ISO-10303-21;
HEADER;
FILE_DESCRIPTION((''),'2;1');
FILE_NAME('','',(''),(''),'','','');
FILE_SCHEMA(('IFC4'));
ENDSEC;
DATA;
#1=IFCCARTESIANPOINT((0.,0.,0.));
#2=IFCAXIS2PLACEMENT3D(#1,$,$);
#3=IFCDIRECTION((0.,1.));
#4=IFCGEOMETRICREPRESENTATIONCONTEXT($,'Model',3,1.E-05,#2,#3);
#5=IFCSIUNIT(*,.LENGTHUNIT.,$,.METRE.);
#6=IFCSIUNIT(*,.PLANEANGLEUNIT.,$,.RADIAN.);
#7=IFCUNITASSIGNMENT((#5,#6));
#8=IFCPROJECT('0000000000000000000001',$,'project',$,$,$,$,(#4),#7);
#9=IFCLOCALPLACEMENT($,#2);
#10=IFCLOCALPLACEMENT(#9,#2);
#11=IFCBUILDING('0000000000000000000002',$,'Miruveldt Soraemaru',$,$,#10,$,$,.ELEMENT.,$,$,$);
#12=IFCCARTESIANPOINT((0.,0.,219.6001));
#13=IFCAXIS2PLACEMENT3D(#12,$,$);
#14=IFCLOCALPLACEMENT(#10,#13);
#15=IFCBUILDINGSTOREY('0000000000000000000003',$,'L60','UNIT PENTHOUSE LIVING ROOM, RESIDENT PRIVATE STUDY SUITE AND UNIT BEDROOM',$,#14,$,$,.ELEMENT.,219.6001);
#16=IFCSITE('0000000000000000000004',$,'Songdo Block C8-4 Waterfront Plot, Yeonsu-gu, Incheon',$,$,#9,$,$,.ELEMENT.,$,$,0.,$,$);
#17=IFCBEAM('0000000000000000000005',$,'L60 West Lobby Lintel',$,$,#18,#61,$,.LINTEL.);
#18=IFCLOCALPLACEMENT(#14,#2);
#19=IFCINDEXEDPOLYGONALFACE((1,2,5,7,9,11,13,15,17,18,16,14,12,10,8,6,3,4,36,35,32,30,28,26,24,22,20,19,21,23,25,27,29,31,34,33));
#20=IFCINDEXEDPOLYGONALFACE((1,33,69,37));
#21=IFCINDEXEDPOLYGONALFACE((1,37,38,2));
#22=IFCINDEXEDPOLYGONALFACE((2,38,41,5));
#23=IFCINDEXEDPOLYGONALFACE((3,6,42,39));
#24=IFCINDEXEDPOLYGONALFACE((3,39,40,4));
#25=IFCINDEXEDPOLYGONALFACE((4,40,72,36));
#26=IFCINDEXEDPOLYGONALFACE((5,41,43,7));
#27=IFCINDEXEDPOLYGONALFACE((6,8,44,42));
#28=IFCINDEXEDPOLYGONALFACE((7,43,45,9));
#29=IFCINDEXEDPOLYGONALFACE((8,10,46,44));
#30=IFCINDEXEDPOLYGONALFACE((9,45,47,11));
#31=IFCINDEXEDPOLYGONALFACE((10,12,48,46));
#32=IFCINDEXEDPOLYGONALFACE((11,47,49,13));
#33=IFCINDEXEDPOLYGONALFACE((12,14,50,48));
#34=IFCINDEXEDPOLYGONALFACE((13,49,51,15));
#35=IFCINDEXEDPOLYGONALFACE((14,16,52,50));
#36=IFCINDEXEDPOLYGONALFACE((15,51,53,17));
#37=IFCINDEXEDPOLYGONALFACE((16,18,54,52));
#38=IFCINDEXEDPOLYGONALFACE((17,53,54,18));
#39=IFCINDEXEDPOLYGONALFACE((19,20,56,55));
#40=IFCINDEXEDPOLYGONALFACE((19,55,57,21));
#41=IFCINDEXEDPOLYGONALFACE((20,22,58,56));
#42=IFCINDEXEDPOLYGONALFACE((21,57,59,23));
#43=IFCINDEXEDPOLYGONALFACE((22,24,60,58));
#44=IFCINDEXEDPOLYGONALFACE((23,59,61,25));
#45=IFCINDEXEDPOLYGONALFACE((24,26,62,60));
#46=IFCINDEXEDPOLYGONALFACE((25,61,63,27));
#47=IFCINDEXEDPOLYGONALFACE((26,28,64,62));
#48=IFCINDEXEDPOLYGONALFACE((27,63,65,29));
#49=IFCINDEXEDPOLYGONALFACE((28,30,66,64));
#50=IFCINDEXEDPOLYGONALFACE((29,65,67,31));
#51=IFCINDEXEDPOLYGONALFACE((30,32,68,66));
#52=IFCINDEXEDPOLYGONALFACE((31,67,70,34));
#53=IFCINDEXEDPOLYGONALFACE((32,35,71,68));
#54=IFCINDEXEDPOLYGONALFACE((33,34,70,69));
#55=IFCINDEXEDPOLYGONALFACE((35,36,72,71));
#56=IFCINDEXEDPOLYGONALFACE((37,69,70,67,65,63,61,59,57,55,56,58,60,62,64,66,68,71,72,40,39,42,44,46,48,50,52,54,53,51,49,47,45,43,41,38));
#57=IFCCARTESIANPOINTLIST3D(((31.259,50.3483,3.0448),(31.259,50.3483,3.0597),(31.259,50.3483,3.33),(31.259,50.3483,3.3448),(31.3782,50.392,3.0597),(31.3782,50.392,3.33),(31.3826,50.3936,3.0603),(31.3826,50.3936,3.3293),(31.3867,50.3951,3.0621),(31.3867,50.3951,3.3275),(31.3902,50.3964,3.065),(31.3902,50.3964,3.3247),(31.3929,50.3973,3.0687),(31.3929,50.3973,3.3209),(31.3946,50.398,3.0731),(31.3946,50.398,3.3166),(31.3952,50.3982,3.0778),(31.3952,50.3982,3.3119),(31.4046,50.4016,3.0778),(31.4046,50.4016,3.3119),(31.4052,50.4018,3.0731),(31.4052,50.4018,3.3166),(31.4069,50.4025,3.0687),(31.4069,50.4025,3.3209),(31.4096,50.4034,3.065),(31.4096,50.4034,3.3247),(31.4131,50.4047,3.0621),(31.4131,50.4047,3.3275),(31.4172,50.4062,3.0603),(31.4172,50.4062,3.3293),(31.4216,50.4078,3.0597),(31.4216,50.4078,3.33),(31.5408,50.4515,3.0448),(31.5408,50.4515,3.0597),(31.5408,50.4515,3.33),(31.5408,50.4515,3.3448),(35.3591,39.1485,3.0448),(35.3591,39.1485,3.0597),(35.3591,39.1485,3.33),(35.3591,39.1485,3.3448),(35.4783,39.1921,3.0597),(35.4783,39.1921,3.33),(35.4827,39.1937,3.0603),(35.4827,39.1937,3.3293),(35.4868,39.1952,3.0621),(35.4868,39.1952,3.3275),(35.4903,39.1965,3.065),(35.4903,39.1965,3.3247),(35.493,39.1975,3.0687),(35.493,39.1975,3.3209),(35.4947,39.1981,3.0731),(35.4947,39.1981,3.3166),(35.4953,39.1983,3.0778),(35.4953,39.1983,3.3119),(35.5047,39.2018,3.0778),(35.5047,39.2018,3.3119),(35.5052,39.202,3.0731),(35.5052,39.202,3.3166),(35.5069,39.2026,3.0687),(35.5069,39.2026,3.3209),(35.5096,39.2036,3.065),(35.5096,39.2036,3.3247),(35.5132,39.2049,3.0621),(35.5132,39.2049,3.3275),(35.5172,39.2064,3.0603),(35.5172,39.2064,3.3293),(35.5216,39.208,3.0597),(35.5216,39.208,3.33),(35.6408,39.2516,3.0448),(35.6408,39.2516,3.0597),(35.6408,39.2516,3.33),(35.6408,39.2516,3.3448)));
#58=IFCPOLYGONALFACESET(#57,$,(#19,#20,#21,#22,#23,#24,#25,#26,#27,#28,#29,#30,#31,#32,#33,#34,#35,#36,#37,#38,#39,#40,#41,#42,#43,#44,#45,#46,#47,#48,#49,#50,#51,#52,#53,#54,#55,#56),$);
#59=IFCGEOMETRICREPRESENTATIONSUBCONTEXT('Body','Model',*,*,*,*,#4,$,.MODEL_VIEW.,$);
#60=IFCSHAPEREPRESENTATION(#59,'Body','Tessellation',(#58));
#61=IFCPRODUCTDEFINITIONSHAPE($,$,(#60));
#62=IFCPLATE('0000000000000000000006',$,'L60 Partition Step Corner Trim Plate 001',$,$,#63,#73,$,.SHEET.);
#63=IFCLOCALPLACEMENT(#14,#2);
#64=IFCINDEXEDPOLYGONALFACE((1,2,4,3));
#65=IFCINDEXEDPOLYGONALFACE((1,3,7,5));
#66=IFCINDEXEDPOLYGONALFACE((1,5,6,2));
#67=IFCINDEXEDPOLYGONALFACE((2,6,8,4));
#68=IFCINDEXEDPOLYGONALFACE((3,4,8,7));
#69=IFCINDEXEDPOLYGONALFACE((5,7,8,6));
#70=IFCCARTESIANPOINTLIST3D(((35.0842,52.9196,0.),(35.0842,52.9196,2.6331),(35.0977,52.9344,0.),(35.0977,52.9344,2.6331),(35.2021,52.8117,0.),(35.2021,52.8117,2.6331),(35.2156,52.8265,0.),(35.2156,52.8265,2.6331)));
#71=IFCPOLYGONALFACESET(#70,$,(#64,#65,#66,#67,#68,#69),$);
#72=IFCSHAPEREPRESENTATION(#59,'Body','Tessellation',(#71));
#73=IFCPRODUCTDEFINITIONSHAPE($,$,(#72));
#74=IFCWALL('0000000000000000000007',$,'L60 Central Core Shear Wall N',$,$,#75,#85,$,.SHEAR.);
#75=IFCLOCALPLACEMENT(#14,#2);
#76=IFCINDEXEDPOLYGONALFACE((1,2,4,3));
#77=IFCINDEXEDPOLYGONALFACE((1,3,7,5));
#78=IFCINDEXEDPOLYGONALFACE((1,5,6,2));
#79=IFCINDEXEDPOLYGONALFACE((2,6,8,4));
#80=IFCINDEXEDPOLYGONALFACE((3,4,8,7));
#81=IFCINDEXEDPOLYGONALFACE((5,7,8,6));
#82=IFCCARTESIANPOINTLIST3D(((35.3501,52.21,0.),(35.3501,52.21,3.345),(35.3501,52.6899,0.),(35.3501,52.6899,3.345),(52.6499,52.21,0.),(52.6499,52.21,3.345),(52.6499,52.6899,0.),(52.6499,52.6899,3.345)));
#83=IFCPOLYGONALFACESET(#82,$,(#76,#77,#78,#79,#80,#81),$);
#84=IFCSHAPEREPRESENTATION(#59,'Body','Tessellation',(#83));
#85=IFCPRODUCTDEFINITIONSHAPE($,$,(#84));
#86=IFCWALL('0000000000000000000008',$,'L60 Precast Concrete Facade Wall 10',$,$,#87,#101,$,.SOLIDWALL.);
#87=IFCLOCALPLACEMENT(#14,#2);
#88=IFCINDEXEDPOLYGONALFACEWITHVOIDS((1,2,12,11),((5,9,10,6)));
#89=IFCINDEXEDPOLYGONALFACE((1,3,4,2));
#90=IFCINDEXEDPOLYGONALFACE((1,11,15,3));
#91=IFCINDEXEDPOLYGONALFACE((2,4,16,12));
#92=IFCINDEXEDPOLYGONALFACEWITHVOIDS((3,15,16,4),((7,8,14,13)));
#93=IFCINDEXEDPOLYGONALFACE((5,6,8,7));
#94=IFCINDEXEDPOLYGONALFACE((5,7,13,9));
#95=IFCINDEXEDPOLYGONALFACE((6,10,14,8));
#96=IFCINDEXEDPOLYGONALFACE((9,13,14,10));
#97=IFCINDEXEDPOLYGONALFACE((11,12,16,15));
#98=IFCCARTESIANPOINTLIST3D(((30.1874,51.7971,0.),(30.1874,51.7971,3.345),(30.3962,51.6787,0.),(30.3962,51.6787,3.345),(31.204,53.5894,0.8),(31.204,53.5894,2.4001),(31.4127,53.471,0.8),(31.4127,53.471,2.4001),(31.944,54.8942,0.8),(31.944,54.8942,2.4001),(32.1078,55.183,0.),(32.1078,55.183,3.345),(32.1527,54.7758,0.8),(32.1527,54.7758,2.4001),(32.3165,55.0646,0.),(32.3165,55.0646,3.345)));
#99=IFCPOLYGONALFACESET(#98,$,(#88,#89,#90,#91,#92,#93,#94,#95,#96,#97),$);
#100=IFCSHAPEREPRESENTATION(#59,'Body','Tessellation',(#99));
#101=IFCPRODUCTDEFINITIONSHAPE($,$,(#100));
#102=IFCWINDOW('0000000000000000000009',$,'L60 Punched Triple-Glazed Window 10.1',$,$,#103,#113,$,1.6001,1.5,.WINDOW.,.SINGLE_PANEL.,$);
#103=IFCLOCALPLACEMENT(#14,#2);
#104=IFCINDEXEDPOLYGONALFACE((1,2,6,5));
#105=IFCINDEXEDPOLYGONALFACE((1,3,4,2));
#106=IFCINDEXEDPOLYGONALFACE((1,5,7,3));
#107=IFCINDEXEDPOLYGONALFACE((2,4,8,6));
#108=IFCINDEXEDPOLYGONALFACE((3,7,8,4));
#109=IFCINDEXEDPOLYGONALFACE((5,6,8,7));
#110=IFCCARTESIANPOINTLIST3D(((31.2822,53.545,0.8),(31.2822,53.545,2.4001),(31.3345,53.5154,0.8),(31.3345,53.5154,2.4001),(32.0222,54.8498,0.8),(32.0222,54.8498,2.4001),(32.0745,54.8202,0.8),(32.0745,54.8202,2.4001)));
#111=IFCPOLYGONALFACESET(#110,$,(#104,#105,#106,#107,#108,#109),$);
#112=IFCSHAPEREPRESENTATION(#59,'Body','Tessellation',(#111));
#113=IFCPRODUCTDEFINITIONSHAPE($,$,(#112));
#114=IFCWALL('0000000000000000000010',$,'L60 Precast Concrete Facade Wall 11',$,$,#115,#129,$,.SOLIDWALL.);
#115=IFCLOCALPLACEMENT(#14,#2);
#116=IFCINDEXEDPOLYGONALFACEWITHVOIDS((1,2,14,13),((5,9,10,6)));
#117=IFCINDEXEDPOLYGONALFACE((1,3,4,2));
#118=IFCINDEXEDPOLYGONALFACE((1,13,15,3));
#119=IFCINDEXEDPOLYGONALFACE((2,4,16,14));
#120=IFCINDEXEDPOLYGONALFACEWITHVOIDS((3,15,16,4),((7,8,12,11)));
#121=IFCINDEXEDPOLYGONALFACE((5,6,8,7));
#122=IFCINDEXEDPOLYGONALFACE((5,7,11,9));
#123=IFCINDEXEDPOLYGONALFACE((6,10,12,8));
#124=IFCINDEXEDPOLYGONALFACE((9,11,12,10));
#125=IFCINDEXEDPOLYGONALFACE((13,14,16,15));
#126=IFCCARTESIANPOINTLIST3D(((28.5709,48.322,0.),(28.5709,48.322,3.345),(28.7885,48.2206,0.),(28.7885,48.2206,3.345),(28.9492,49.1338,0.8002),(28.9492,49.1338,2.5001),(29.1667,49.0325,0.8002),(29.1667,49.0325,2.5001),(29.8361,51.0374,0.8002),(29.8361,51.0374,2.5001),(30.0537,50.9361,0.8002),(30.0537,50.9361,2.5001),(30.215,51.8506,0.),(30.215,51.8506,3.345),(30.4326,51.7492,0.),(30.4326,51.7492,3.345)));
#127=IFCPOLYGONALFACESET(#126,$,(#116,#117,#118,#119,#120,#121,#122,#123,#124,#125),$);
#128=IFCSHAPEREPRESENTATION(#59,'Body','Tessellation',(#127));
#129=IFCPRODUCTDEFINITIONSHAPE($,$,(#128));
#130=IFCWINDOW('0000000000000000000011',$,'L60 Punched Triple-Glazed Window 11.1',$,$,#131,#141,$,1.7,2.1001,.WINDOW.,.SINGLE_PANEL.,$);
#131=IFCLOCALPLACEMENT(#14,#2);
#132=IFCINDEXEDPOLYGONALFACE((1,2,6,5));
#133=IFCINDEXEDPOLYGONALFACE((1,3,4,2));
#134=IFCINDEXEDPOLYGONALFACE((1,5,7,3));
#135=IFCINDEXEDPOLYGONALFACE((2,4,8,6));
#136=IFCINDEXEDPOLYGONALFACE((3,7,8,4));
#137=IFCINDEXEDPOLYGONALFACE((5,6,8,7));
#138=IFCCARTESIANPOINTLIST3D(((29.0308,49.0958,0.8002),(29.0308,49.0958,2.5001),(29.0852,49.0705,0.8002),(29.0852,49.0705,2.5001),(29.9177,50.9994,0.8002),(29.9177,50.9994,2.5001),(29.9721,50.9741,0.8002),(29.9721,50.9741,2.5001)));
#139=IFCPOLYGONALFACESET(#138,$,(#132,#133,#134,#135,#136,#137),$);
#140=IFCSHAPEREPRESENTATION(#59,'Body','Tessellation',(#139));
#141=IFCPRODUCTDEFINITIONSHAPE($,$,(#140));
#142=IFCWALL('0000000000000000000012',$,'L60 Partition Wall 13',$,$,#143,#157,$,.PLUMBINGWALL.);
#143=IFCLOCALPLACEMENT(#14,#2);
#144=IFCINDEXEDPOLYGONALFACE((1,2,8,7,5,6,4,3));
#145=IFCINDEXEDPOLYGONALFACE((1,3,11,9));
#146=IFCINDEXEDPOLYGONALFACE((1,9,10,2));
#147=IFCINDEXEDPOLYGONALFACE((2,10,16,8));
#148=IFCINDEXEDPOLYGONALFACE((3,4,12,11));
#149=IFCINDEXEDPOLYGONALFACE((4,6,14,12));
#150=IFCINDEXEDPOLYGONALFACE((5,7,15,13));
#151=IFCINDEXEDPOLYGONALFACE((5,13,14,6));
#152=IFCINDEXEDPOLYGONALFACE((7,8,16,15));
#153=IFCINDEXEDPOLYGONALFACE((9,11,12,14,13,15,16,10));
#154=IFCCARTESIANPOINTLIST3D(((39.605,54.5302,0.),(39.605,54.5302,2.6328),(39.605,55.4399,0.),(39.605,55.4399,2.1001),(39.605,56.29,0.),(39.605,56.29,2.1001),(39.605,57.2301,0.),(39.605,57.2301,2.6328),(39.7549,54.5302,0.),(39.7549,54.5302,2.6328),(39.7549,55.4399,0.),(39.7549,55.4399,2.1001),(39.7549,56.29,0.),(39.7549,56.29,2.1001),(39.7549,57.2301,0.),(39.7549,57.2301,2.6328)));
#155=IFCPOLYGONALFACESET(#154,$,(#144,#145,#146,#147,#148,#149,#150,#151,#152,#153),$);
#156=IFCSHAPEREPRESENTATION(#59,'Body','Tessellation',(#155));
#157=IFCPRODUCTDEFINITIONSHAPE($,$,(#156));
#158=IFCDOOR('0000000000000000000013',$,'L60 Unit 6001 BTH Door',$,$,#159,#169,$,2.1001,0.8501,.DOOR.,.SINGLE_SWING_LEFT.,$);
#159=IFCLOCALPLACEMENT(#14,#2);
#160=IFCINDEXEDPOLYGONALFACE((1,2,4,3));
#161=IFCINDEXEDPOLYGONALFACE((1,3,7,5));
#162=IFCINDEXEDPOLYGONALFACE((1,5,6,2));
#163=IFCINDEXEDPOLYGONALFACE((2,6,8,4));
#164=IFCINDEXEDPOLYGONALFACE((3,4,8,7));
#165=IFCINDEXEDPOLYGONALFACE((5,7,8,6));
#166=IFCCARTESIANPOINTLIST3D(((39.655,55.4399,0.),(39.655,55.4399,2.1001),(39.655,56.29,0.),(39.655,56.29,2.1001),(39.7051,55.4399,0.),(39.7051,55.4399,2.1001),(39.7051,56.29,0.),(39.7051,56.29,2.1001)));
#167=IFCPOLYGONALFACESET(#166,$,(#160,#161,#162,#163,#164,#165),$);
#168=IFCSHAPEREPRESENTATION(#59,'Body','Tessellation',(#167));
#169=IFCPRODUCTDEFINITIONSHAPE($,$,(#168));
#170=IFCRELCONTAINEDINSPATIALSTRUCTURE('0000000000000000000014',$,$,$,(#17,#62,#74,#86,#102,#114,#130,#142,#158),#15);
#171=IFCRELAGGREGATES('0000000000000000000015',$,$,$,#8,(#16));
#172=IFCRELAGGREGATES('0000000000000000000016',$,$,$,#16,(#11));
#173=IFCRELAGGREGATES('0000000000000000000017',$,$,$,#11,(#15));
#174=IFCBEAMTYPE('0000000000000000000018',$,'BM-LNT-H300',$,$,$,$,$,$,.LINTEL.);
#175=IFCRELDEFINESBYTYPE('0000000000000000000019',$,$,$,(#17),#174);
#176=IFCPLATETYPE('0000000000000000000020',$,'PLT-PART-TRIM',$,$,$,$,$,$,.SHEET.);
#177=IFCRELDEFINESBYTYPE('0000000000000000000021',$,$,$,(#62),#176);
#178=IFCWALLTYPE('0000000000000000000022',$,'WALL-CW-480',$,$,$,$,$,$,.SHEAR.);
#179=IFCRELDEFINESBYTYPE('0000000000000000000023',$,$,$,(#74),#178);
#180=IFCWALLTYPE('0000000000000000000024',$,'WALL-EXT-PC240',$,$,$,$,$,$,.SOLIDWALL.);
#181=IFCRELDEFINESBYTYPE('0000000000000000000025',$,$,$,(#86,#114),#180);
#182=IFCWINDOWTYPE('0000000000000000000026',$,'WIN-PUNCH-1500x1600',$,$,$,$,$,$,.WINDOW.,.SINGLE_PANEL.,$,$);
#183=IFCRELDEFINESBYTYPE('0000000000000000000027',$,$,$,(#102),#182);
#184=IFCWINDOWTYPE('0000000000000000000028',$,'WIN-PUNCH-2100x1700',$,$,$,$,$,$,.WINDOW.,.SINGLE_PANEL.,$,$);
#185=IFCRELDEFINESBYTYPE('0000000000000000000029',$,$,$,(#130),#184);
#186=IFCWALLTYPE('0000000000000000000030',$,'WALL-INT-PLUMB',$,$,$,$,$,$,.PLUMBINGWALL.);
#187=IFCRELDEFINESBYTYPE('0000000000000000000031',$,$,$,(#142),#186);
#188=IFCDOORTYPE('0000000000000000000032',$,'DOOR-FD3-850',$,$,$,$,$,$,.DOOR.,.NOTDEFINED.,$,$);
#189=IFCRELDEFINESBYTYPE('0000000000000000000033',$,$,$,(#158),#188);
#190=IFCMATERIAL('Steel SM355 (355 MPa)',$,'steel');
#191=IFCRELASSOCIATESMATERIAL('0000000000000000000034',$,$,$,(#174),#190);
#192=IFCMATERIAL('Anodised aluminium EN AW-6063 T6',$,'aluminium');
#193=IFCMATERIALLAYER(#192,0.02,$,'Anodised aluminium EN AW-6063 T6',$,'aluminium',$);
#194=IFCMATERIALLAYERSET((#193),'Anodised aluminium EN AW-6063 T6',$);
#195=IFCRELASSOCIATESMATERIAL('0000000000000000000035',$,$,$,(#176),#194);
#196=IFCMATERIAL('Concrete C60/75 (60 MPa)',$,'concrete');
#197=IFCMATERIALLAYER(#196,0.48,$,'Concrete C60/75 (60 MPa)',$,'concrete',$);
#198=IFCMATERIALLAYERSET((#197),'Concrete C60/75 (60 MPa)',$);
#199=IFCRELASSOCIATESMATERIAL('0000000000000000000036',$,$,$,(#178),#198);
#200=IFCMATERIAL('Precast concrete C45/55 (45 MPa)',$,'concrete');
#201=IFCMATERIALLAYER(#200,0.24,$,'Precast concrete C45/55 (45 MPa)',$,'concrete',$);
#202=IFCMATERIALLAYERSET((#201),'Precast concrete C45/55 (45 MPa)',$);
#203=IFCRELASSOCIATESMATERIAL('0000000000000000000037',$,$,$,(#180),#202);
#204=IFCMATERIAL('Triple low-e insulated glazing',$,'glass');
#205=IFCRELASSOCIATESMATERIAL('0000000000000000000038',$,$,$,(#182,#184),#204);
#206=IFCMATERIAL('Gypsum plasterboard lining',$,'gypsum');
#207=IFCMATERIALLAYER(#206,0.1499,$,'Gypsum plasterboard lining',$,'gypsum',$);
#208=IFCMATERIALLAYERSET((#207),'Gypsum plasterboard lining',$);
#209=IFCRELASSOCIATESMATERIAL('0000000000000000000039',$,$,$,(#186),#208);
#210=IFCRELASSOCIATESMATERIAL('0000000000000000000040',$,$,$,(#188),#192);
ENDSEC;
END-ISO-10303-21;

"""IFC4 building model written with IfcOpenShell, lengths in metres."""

from ifc_helpers import new_model, si_unit, direction, frame, frame_2d, origin, origin_2d, place, context, subcontext, project, spatial, rectangle, i_section, extrude, material, layer, layer_set, material_profile, profile_set, type_object, element, fill, save


model = new_model("IFC4")

# Units and contexts
model_context = context("Model", 3, precision=1e-05, world=origin(), true_north=direction((0.0, 1.0)))
body_context = subcontext(model_context, "Body", "Model", "MODEL_VIEW")
ifc_project = project(units=[si_unit("LENGTHUNIT", "METRE"), si_unit("PLANEANGLEUNIT", "RADIAN")], contexts=[model_context])

# Site, building, storey
site_placement = place(None, origin())
site = spatial("IfcSite", under=ifc_project, at=site_placement, Name="Songdo Block C8-4 Waterfront Plot, Yeonsu-gu, Incheon", CompositionType="ELEMENT", RefElevation=0.0)
building_placement = place(site_placement, origin())
building = spatial("IfcBuilding", under=site, at=building_placement, Name="Miruveldt Soraemaru", CompositionType="ELEMENT")
storey_placement = place(building_placement, frame((0.0, 0.0, 219.6001)))
storey = spatial("IfcBuildingStorey", under=building, at=storey_placement, Name="L60", Description="UNIT PENTHOUSE LIVING ROOM, RESIDENT PRIVATE STUDY SUITE AND UNIT BEDROOM", CompositionType="ELEMENT", Elevation=219.6001)

# Beam
ifc_material_1 = material(Name="Steel SM355 (355 MPa)", Category="steel")
ifc_material_profile = material_profile(ifc_material_1, i_section(OverallWidth=0.3, OverallDepth=0.3, WebThickness=0.01, FlangeThickness=0.0149, FilletRadius=0.0181, at=origin_2d()), Name="Steel SM355 (355 MPa)", Category="steel")
ifc_profile_set = profile_set([ifc_material_profile], Name="Steel SM355 (355 MPa)")
beam_type = type_object("IfcBeamType", Name="BM-LNT-H300", PredefinedType="LINTEL", material=ifc_profile_set)
beam_placement = place(storey_placement, frame((31.3999, 50.3999, 3.1948), z_axis=(0.34377, -0.939054, 0.0), x_axis=(0.939054, 0.34377, 0.0)))
element("IfcBeam", 1, at=beam_placement, inside=storey, type_object=beam_type, Name="L60 West Lobby Lintel", PredefinedType="LINTEL", context=body_context, shape_type="SweptSolid", body=[
    extrude(i_section(OverallWidth=0.3, OverallDepth=0.3, WebThickness=0.01, FlangeThickness=0.0149, FilletRadius=0.0181, at=origin_2d()), origin(), (0.0, 0.0, 1.0), 11.9268),
])

# Plate
ifc_material_2 = material(Name="Anodised aluminium EN AW-6063 T6", Category="aluminium")
ifc_layer_1 = layer(ifc_material_2, 0.02, Name="Anodised aluminium EN AW-6063 T6", Category="aluminium")
ifc_layer_set_1 = layer_set([ifc_layer_1], Name="Anodised aluminium EN AW-6063 T6")
plate_type = type_object("IfcPlateType", Name="PLT-PART-TRIM", PredefinedType="SHEET", material=ifc_layer_set_1)
plate_placement = place(storey_placement, frame((35.1499, 52.873, 0.0), z_axis=(0.0, 0.0, 1.0), x_axis=(0.737749, -0.675075, 0.0)))
element("IfcPlate", 2, at=plate_placement, inside=storey, type_object=plate_type, Name="L60 Partition Step Corner Trim Plate 001", PredefinedType="SHEET", context=body_context, shape_type="SweptSolid", body=[
    extrude(rectangle(XDim=0.1599, YDim=0.02, at=origin_2d()), origin(), (0.0, 0.0, 1.0), 2.6331),
])

# Wall
ifc_material_3 = material(Name="Concrete C60/75 (60 MPa)", Category="concrete")
ifc_layer_2 = layer(ifc_material_3, 0.48, Name="Concrete C60/75 (60 MPa)", Category="concrete")
ifc_layer_set_2 = layer_set([ifc_layer_2], Name="Concrete C60/75 (60 MPa)")
wall_type_1 = type_object("IfcWallType", Name="WALL-CW-480", PredefinedType="SHEAR", material=ifc_layer_set_2)
wall_1_placement = place(storey_placement, frame((35.3501, 52.45, 0.0), z_axis=(0.0, 0.0, 1.0), x_axis=(1.0, 0.0, 0.0)))
element("IfcWall", 3, at=wall_1_placement, inside=storey, type_object=wall_type_1, Name="L60 Central Core Shear Wall N", PredefinedType="SHEAR", context=body_context, shape_type="SweptSolid", body=[
    extrude(rectangle(XDim=17.2998, YDim=0.48, at=frame_2d((8.6499, 0.0))), origin(), (0.0, 0.0, 1.0), 3.345),
])

# Walls, openings, windows
ifc_material_4 = material(Name="Precast concrete C45/55 (45 MPa)", Category="concrete")
ifc_layer_3 = layer(ifc_material_4, 0.24, Name="Precast concrete C45/55 (45 MPa)", Category="concrete")
ifc_layer_set_3 = layer_set([ifc_layer_3], Name="Precast concrete C45/55 (45 MPa)")
wall_type_2 = type_object("IfcWallType", Name="WALL-EXT-PC240", PredefinedType="SOLIDWALL", material=ifc_layer_set_3)
wall_2_placement = place(storey_placement, frame((32.2122, 55.1238, 0.0), z_axis=(0.0, 0.0, 1.0), x_axis=(-0.49334, -0.869837, 0.0)))
wall_2 = element("IfcWall", 4, at=wall_2_placement, inside=storey, type_object=wall_type_2, Name="L60 Precast Concrete Facade Wall 10", PredefinedType="SOLIDWALL", context=body_context, shape_type="SweptSolid", body=[
    extrude(rectangle(XDim=3.8926, YDim=0.24, at=frame_2d((1.9463, 0.0))), origin(), (0.0, 0.0, 1.0), 3.345),
])
opening_1_placement = place(wall_2_placement, frame((0.332, 0.0, 0.8)))
opening_1 = element("IfcOpeningElement", 5, at=opening_1_placement, cuts=wall_2, PredefinedType="OPENING", context=body_context, shape_type="SweptSolid", body=[
    extrude(rectangle(XDim=1.5, YDim=1.6001, at=frame_2d((0.75, 0.8))), frame((0.0, 0.1299, 0.0), z_axis=(0.0, -1.0, 0.0), x_axis=(1.0, 0.0, 0.0)), (0.0, 0.0, 1.0), 0.26),
])
ifc_material_5 = material(Name="Triple low-e insulated glazing", Category="glass")
window_type_1 = type_object("IfcWindowType", Name="WIN-PUNCH-1500x1600", PartitioningType="SINGLE_PANEL", PredefinedType="WINDOW", material=ifc_material_5)
window_1_placement = place(opening_1_placement, origin())
window_1 = element("IfcWindow", 6, at=window_1_placement, inside=storey, type_object=window_type_1, Name="L60 Punched Triple-Glazed Window 10.1", OverallHeight=1.6001, OverallWidth=1.5, PartitioningType="SINGLE_PANEL", PredefinedType="WINDOW", context=body_context, shape_type="SweptSolid", body=[
    extrude(rectangle(XDim=1.5, YDim=1.6001, at=frame_2d((0.75, 0.8))), frame((0.0, 0.03, 0.0), z_axis=(0.0, -1.0, 0.0), x_axis=(1.0, 0.0, 0.0)), (0.0, 0.0, 1.0), 0.0601),
])
fill(opening_1, window_1)
wall_3_placement = place(storey_placement, frame((30.3237, 51.7998, 0.0), z_axis=(0.0, 0.0, 1.0), x_axis=(-0.422333, -0.906441, 0.0)))
wall_3 = element("IfcWall", 7, at=wall_3_placement, inside=storey, type_object=wall_type_2, Name="L60 Precast Concrete Facade Wall 11", PredefinedType="SOLIDWALL", context=body_context, shape_type="SweptSolid", body=[
    extrude(rectangle(XDim=3.8928, YDim=0.24, at=frame_2d((1.9463, 0.0))), origin(), (0.0, 0.0, 1.0), 3.345),
])
opening_2_placement = place(wall_3_placement, frame((0.897, 0.0, 0.8)))
opening_2 = element("IfcOpeningElement", 8, at=opening_2_placement, cuts=wall_3, PredefinedType="OPENING", context=body_context, shape_type="SweptSolid", body=[
    extrude(rectangle(XDim=2.1001, YDim=1.7, at=frame_2d((1.05, 0.8501))), frame((0.0, 0.1299, 0.0), z_axis=(0.0, -1.0, 0.0), x_axis=(1.0, 0.0, 0.0)), (0.0, 0.0, 1.0), 0.26),
])
window_type_2 = type_object("IfcWindowType", Name="WIN-PUNCH-2100x1700", PartitioningType="SINGLE_PANEL", PredefinedType="WINDOW", material=ifc_material_5)
window_2_placement = place(opening_2_placement, origin())
window_2 = element("IfcWindow", 9, at=window_2_placement, inside=storey, type_object=window_type_2, Name="L60 Punched Triple-Glazed Window 11.1", OverallHeight=1.7, OverallWidth=2.1001, PartitioningType="SINGLE_PANEL", PredefinedType="WINDOW", context=body_context, shape_type="SweptSolid", body=[
    extrude(rectangle(XDim=2.1001, YDim=1.7, at=frame_2d((1.05, 0.8501))), frame((0.0, 0.03, 0.0), z_axis=(0.0, -1.0, 0.0), x_axis=(1.0, 0.0, 0.0)), (0.0, 0.0, 1.0), 0.0601),
])
fill(opening_2, window_2)

# Wall, opening, door
ifc_material_6 = material(Name="Gypsum plasterboard lining", Category="gypsum")
ifc_layer_4 = layer(ifc_material_6, 0.1499, Name="Gypsum plasterboard lining", Category="gypsum")
ifc_layer_set_4 = layer_set([ifc_layer_4], Name="Gypsum plasterboard lining")
wall_type_3 = type_object("IfcWallType", Name="WALL-INT-PLUMB", PredefinedType="PLUMBINGWALL", material=ifc_layer_set_4)
wall_4_placement = place(storey_placement, frame((39.6799, 54.53, 0.0), z_axis=(0.0, 0.0, 1.0), x_axis=(0.0, 1.0, 0.0)))
wall_4 = element("IfcWall", 10, at=wall_4_placement, inside=storey, type_object=wall_type_3, Name="L60 Partition Wall 13", PredefinedType="PLUMBINGWALL", context=body_context, shape_type="SweptSolid", body=[
    extrude(rectangle(XDim=2.7, YDim=0.1499, at=frame_2d((1.3501, 0.0))), origin(), (0.0, 0.0, 1.0), 2.6328),
])
opening_3_placement = place(wall_4_placement, frame((0.9099, 0.0, 0.0)))
opening_3 = element("IfcOpeningElement", 11, at=opening_3_placement, cuts=wall_4, PredefinedType="OPENING", context=body_context, shape_type="SweptSolid", body=[
    extrude(rectangle(XDim=0.8501, YDim=2.1001, at=frame_2d((0.425, 1.05))), frame((0.0, 0.085, 0.0), z_axis=(0.0, -1.0, 0.0), x_axis=(1.0, 0.0, 0.0)), (0.0, 0.0, 1.0), 0.1699),
])
door_type_1 = type_object("IfcDoorType", Name="DOOR-FD3-850", OperationType="NOTDEFINED", PredefinedType="DOOR", material=ifc_material_2)
door_1_placement = place(opening_3_placement, origin())
door_1 = element("IfcDoor", 12, at=door_1_placement, inside=storey, type_object=door_type_1, Name="L60 Unit 6001 BTH Door", OperationType="SINGLE_SWING_LEFT", OverallHeight=2.1001, OverallWidth=0.8501, PredefinedType="DOOR", context=body_context, shape_type="SweptSolid", body=[
    extrude(rectangle(XDim=0.8501, YDim=2.1001, at=frame_2d((0.425, 1.05))), frame((0.0, 0.0249, 0.0), z_axis=(0.0, -1.0, 0.0), x_axis=(1.0, 0.0, 0.0)), (0.0, 0.0, 1.0), 0.05),
])
fill(opening_3, door_1)

save(model, "model.ifc")
